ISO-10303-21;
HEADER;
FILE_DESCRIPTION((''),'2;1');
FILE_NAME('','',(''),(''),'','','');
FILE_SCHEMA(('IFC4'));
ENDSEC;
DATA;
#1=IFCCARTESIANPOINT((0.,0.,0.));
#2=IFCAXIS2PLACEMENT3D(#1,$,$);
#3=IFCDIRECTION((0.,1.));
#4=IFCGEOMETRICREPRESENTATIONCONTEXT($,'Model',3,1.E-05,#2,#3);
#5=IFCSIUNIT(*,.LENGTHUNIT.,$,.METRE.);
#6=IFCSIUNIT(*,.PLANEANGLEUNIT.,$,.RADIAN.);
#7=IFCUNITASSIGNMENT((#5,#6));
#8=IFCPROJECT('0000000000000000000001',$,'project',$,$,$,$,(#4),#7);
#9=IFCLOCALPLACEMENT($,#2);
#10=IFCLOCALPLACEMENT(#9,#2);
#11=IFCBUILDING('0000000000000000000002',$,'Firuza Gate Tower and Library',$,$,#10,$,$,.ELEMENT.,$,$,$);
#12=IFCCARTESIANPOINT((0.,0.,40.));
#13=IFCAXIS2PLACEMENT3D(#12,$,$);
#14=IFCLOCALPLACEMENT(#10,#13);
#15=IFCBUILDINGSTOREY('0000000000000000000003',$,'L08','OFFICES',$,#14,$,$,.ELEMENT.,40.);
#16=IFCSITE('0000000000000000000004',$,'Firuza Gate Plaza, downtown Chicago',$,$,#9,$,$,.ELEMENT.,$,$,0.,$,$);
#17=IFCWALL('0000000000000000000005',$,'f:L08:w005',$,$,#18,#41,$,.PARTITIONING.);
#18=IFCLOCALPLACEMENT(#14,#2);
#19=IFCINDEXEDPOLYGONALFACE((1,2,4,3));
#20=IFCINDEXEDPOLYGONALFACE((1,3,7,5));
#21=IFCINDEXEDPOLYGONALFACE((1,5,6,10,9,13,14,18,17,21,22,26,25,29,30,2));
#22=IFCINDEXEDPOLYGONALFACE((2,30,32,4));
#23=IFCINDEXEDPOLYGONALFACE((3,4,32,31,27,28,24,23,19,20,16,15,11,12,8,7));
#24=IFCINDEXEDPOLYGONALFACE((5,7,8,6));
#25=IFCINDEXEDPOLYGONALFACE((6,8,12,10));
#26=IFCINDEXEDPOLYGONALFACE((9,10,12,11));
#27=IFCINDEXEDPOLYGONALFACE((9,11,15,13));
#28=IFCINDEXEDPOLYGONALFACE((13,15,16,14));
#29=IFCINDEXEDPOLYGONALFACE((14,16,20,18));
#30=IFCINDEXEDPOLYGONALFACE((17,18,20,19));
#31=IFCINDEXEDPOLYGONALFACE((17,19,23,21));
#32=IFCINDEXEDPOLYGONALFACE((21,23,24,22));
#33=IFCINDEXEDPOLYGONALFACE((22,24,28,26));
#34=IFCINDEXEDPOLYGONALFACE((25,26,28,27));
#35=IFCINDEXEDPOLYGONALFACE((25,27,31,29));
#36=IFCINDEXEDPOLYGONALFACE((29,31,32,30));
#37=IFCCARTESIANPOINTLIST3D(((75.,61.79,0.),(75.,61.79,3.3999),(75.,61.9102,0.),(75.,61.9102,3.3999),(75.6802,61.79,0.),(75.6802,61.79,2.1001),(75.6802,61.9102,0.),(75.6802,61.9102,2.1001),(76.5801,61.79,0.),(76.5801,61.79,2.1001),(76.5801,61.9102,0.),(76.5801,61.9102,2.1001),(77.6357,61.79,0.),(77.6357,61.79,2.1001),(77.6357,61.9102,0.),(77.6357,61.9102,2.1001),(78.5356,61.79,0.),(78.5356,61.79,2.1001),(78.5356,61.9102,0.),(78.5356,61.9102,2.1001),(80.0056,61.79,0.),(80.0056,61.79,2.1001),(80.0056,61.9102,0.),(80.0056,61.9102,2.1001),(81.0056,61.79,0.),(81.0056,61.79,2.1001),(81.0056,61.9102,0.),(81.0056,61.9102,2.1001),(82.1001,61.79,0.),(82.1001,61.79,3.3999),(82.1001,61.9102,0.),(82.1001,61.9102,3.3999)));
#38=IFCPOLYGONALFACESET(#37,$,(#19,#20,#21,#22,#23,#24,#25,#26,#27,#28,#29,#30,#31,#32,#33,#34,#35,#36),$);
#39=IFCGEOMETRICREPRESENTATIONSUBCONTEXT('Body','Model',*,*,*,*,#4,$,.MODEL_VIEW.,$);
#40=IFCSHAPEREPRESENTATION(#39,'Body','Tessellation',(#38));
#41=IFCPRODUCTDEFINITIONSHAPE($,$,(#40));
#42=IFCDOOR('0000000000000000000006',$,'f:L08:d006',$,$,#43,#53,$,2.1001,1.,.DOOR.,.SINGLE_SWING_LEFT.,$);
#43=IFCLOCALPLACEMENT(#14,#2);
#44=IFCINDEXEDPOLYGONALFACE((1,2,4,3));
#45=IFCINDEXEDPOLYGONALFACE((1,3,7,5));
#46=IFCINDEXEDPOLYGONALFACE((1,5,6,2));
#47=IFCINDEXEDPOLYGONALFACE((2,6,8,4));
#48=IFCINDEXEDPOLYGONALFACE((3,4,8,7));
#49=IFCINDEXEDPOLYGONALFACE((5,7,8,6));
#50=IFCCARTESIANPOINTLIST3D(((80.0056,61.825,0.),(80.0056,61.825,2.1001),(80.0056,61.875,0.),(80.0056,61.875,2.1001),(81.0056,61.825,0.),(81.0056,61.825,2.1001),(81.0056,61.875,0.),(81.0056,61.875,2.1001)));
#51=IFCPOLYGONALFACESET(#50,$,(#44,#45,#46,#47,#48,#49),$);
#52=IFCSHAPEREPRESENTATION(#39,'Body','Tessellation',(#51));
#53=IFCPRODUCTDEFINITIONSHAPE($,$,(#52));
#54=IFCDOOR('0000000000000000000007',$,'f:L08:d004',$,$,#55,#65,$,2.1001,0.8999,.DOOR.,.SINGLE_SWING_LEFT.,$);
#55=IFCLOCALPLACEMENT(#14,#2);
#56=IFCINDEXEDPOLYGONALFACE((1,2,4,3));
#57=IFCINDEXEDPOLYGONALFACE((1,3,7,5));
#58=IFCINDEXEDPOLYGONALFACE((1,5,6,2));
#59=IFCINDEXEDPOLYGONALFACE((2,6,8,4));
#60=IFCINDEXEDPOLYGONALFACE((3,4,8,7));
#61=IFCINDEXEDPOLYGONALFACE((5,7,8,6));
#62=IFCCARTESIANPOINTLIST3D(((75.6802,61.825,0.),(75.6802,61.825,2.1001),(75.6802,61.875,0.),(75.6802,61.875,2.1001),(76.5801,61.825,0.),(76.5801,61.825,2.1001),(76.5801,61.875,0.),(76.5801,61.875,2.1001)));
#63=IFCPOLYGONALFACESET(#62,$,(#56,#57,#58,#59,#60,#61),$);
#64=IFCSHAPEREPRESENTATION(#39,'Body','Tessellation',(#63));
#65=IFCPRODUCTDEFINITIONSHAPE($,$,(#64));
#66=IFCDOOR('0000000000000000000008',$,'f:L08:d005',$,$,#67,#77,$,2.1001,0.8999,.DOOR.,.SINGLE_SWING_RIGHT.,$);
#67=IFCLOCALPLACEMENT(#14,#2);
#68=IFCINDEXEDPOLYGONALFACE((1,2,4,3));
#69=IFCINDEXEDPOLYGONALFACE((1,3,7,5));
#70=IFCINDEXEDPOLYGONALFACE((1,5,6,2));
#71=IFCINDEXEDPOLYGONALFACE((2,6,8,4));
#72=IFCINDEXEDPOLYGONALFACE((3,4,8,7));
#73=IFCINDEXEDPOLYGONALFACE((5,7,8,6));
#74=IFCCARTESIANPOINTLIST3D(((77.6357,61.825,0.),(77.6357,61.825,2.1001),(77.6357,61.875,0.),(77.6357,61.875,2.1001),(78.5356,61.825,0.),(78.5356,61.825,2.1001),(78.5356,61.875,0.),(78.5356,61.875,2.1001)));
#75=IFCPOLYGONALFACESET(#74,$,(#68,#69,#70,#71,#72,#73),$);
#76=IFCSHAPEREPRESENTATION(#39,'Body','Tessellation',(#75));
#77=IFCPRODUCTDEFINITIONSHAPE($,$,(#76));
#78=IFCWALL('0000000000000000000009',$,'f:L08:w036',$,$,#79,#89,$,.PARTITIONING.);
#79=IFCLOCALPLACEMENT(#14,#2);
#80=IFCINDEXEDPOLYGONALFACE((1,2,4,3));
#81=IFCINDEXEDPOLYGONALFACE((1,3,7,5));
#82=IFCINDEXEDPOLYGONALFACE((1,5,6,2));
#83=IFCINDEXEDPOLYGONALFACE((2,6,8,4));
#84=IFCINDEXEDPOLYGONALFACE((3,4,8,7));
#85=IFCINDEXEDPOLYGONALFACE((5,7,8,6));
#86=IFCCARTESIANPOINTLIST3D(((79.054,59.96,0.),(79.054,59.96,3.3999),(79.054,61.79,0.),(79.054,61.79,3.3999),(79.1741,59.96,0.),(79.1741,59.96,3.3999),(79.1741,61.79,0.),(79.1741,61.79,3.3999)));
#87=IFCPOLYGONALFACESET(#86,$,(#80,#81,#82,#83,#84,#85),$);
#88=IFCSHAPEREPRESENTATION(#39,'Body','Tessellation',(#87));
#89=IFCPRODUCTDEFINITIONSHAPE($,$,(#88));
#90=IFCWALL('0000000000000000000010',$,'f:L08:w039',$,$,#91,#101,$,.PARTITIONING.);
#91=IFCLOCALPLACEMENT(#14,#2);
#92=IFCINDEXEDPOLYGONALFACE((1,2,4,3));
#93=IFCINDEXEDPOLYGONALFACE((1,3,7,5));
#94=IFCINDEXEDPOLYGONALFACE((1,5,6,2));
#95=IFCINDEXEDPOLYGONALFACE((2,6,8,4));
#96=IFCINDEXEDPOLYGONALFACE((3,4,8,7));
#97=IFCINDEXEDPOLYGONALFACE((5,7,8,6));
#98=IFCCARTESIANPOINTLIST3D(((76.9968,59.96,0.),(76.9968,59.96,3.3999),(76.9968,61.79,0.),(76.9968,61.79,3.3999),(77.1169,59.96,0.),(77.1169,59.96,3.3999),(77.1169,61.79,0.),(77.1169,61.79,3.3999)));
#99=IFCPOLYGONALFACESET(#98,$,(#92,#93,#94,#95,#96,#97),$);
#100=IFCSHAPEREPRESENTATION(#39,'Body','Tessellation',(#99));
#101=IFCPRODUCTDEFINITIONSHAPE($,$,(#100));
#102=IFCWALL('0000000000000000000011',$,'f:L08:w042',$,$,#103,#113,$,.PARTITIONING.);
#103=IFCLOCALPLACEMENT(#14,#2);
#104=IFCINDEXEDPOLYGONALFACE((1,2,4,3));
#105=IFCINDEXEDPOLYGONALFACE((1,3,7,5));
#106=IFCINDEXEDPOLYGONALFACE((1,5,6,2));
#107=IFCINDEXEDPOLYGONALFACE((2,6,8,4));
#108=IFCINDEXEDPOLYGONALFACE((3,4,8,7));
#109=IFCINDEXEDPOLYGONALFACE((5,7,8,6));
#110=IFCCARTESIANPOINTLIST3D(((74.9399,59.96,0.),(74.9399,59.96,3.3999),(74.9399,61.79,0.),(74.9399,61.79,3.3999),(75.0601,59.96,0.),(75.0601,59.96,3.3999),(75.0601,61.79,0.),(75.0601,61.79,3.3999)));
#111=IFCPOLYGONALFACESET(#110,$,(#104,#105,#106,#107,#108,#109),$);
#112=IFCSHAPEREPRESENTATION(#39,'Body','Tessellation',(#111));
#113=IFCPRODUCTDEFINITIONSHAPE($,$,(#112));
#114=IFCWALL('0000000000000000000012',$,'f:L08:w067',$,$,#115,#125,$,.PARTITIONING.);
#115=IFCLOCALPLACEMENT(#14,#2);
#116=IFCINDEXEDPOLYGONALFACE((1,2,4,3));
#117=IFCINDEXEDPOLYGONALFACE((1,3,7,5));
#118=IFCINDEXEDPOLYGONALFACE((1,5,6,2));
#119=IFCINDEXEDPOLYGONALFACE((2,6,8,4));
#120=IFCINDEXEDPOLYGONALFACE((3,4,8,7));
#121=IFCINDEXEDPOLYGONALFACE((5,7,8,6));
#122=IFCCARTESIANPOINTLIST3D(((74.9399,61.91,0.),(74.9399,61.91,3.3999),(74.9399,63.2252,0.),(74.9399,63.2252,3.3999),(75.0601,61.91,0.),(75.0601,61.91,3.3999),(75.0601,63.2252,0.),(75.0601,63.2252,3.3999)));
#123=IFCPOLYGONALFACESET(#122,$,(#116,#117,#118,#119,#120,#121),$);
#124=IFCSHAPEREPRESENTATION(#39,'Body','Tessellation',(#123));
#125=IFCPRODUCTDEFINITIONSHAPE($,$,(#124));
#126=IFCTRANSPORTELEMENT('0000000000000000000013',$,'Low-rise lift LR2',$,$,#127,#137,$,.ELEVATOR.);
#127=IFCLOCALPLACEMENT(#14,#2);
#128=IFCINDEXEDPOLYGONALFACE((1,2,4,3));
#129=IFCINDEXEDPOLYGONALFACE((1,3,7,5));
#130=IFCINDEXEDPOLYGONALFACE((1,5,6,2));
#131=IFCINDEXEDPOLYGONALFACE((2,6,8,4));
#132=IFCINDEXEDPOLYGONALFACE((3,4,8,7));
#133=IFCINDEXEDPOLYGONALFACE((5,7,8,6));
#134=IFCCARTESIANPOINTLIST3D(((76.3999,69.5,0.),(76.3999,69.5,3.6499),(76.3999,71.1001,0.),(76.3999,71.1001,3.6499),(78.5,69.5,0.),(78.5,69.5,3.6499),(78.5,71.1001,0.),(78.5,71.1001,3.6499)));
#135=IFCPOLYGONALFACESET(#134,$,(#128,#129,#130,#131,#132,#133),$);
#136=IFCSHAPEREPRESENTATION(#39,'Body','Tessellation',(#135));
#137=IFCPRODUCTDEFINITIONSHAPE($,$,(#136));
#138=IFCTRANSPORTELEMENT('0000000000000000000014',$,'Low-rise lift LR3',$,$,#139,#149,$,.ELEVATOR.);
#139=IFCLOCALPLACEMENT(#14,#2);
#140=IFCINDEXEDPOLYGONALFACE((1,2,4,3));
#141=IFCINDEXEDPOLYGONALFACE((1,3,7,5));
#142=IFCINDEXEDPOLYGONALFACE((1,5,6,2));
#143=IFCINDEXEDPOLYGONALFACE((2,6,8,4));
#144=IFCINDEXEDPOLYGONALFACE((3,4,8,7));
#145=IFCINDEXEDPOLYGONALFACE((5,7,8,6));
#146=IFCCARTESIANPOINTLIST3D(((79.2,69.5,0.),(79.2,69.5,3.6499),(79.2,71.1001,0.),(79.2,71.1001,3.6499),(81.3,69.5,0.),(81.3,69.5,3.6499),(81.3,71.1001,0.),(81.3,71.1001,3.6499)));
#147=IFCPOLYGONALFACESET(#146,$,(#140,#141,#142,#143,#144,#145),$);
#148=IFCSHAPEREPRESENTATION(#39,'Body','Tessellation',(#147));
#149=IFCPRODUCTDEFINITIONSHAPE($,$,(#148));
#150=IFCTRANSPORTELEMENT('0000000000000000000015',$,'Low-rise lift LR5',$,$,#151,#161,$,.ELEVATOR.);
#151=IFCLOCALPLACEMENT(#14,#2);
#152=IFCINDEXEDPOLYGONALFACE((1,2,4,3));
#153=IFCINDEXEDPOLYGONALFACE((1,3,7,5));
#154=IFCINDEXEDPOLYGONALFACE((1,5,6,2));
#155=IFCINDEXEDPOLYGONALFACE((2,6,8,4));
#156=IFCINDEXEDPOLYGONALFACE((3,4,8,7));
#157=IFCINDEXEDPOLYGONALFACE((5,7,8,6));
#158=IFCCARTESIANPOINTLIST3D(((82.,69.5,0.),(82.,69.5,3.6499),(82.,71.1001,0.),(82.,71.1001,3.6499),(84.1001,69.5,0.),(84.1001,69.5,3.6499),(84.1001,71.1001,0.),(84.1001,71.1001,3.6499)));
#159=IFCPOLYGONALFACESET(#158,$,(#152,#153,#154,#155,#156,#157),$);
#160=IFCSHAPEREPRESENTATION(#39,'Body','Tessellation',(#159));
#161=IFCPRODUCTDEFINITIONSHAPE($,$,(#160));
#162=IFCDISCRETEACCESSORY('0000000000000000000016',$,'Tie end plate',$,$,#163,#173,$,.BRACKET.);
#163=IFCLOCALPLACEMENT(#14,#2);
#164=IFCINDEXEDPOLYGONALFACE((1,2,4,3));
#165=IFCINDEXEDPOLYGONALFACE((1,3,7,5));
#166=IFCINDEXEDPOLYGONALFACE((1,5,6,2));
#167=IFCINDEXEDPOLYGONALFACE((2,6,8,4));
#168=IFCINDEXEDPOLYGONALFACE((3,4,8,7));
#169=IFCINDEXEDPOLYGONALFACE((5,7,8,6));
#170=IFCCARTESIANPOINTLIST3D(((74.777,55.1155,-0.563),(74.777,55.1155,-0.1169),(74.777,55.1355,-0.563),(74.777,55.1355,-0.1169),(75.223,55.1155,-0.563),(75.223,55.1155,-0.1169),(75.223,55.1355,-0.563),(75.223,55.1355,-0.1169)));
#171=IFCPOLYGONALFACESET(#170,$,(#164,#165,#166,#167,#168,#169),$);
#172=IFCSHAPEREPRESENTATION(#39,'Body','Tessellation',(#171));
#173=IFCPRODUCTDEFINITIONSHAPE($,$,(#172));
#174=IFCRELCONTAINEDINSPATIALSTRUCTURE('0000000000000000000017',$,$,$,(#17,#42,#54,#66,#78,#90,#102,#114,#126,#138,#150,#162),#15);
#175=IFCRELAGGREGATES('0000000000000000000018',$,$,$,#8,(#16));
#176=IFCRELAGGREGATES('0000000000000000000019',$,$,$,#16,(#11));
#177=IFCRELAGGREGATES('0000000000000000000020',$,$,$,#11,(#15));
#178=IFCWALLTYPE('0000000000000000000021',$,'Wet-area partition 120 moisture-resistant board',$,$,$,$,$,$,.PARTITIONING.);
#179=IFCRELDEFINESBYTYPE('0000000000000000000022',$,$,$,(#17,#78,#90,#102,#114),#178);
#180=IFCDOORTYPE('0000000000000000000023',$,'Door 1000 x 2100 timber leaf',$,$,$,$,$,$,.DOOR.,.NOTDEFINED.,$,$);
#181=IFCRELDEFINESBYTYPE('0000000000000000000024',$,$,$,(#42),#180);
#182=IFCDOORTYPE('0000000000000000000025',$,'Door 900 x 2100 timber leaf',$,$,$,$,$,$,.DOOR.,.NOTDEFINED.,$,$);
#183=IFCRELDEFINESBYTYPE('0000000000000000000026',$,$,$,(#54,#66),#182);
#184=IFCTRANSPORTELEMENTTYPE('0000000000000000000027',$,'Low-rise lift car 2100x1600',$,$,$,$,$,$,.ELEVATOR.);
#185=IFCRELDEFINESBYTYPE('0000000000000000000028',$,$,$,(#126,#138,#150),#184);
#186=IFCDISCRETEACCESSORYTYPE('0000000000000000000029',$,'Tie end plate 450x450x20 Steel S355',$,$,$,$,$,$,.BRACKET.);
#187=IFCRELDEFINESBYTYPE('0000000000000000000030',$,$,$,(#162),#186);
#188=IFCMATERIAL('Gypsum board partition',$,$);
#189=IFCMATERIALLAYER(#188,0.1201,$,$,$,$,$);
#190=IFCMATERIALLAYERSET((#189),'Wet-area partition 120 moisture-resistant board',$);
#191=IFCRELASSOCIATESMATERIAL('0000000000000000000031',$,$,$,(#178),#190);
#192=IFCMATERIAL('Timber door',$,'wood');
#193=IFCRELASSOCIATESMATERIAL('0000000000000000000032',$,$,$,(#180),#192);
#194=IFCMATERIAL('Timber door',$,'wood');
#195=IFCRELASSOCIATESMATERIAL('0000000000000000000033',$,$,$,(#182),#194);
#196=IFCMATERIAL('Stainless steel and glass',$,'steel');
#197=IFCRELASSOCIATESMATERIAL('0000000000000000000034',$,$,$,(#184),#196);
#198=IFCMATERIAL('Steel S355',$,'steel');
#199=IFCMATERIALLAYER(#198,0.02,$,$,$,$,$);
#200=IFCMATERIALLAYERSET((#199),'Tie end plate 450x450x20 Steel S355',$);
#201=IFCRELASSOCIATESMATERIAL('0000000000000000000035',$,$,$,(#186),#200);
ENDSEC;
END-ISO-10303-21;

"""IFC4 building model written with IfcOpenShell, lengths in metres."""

from ifc_helpers import new_model, si_unit, direction, frame, frame_2d, origin, origin_2d, place, context, subcontext, project, spatial, rectangle, extrude, material, layer, layer_set, type_object, element, fill, save


model = new_model("IFC4")

# Units and contexts
model_context = context("Model", 3, precision=1e-05, world=origin(), true_north=direction((0.0, 1.0)))
body_context = subcontext(model_context, "Body", "Model", "MODEL_VIEW")
ifc_project = project(units=[si_unit("LENGTHUNIT", "METRE"), si_unit("PLANEANGLEUNIT", "RADIAN")], contexts=[model_context])

# Site, building, storey
site_placement = place(None, origin())
site = spatial("IfcSite", under=ifc_project, at=site_placement, Name="Firuza Gate Plaza, downtown Chicago", CompositionType="ELEMENT", RefElevation=0.0)
building_placement = place(site_placement, origin())
building = spatial("IfcBuilding", under=site, at=building_placement, Name="Firuza Gate Tower and Library", CompositionType="ELEMENT")
storey_placement = place(building_placement, frame((0.0, 0.0, 40.0)))
storey = spatial("IfcBuildingStorey", under=building, at=storey_placement, Name="L08", Description="OFFICES", CompositionType="ELEMENT", Elevation=40.0)

# Shared definitions
ifc_material_1 = material(Name="Gypsum board partition")
ifc_layer_1 = layer(ifc_material_1, 0.1201)
ifc_layer_set_1 = layer_set([ifc_layer_1], Name="Wet-area partition 120 moisture-resistant board")
wall_type_1 = type_object("IfcWallType", Name="Wet-area partition 120 moisture-resistant board", PredefinedType="PARTITIONING", material=ifc_layer_set_1)

# Wall, openings, doors
wall_1_placement = place(storey_placement, frame((75.0, 61.8501, 0.0), z_axis=(0.0, 0.0, 1.0), x_axis=(1.0, 0.0, 0.0)))
wall_1 = element("IfcWall", 1, at=wall_1_placement, inside=storey, type_object=wall_type_1, Name="f:L08:w005", PredefinedType="PARTITIONING", context=body_context, shape_type="SweptSolid", body=[
    extrude(rectangle(XDim=7.1001, YDim=0.1201, at=frame_2d((3.55, 0.0))), origin(), (0.0, 0.0, 1.0), 3.3999),
])
opening_1_placement = place(wall_1_placement, frame((0.6802, 0.0, 0.0)))
opening_1 = element("IfcOpeningElement", 2, at=opening_1_placement, cuts=wall_1, PredefinedType="OPENING", context=body_context, shape_type="SweptSolid", body=[
    extrude(rectangle(XDim=0.8999, YDim=2.1001, at=frame_2d((0.45, 1.05))), frame((0.0, 0.0701, 0.0), z_axis=(0.0, -1.0, 0.0), x_axis=(1.0, 0.0, 0.0)), (0.0, 0.0, 1.0), 0.1401),
])
opening_2_placement = place(wall_1_placement, frame((2.6357, 0.0, 0.0)))
opening_2 = element("IfcOpeningElement", 3, at=opening_2_placement, cuts=wall_1, PredefinedType="OPENING", context=body_context, shape_type="SweptSolid", body=[
    extrude(rectangle(XDim=0.8999, YDim=2.1001, at=frame_2d((0.45, 1.05))), frame((0.0, 0.0701, 0.0), z_axis=(0.0, -1.0, 0.0), x_axis=(1.0, 0.0, 0.0)), (0.0, 0.0, 1.0), 0.1401),
])
opening_3_placement = place(wall_1_placement, frame((5.0056, 0.0, 0.0)))
opening_3 = element("IfcOpeningElement", 4, at=opening_3_placement, cuts=wall_1, PredefinedType="OPENING", context=body_context, shape_type="SweptSolid", body=[
    extrude(rectangle(XDim=1.0, YDim=2.1001, at=frame_2d((0.5, 1.05))), frame((0.0, 0.0701, 0.0), z_axis=(0.0, -1.0, 0.0), x_axis=(1.0, 0.0, 0.0)), (0.0, 0.0, 1.0), 0.1401),
])
ifc_material_2 = material(Name="Timber door", Category="wood")
door_type_1 = type_object("IfcDoorType", Name="Door 1000 x 2100 timber leaf", OperationType="NOTDEFINED", PredefinedType="DOOR", material=ifc_material_2)
door_1_placement = place(opening_3_placement, origin())
door_1 = element("IfcDoor", 5, at=door_1_placement, inside=storey, type_object=door_type_1, Name="f:L08:d006", OperationType="SINGLE_SWING_LEFT", OverallHeight=2.1001, OverallWidth=1.0, PredefinedType="DOOR", context=body_context, shape_type="SweptSolid", body=[
    extrude(rectangle(XDim=1.0, YDim=2.1001, at=frame_2d((0.5, 1.05))), frame((0.0, 0.0249, 0.0), z_axis=(0.0, -1.0, 0.0), x_axis=(1.0, 0.0, 0.0)), (0.0, 0.0, 1.0), 0.05),
])
fill(opening_3, door_1)
ifc_material_3 = material(Name="Timber door", Category="wood")
door_type_2 = type_object("IfcDoorType", Name="Door 900 x 2100 timber leaf", OperationType="NOTDEFINED", PredefinedType="DOOR", material=ifc_material_3)
door_2_placement = place(opening_1_placement, origin())
door_2 = element("IfcDoor", 6, at=door_2_placement, inside=storey, type_object=door_type_2, Name="f:L08:d004", OperationType="SINGLE_SWING_LEFT", OverallHeight=2.1001, OverallWidth=0.8999, PredefinedType="DOOR", context=body_context, shape_type="SweptSolid", body=[
    extrude(rectangle(XDim=0.8999, YDim=2.1001, at=frame_2d((0.45, 1.05))), frame((0.0, 0.0249, 0.0), z_axis=(0.0, -1.0, 0.0), x_axis=(1.0, 0.0, 0.0)), (0.0, 0.0, 1.0), 0.05),
])
fill(opening_1, door_2)
door_3_placement = place(opening_2_placement, origin())
door_3 = element("IfcDoor", 7, at=door_3_placement, inside=storey, type_object=door_type_2, Name="f:L08:d005", OperationType="SINGLE_SWING_RIGHT", OverallHeight=2.1001, OverallWidth=0.8999, PredefinedType="DOOR", context=body_context, shape_type="SweptSolid", body=[
    extrude(rectangle(XDim=0.8999, YDim=2.1001, at=frame_2d((0.45, 1.05))), frame((0.0, 0.0249, 0.0), z_axis=(0.0, -1.0, 0.0), x_axis=(1.0, 0.0, 0.0)), (0.0, 0.0, 1.0), 0.05),
])
fill(opening_2, door_3)

# Walls
for number, where, z_axis, x_axis, name in (
    (8, (79.114, 59.96, 0.0), (0.0, 0.0, 1.0), (0.0, 1.0, 0.0), "f:L08:w036"),
    (9, (77.0569, 59.96, 0.0), (0.0, 0.0, 1.0), (0.0, 1.0, 0.0), "f:L08:w039"),
    (10, (75.0, 59.96, 0.0), (0.0, 0.0, 1.0), (0.0, 1.0, 0.0), "f:L08:w042"),
):
    element("IfcWall", number, at=place(storey_placement, frame(where, z_axis=z_axis, x_axis=x_axis)), inside=storey, type_object=wall_type_1, Name=name, PredefinedType="PARTITIONING", context=body_context, shape_type="SweptSolid", body=[
        extrude(rectangle(XDim=1.8301, YDim=0.1201, at=frame_2d((0.915, 0.0))), origin(), (0.0, 0.0, 1.0), 3.3999),
    ])
wall_2_placement = place(storey_placement, frame((75.0, 61.9099, 0.0), z_axis=(0.0, 0.0, 1.0), x_axis=(0.0, 1.0, 0.0)))
element("IfcWall", 11, at=wall_2_placement, inside=storey, type_object=wall_type_1, Name="f:L08:w067", PredefinedType="PARTITIONING", context=body_context, shape_type="SweptSolid", body=[
    extrude(rectangle(XDim=1.3152, YDim=0.1201, at=frame_2d((0.6577, 0.0))), origin(), (0.0, 0.0, 1.0), 3.3999),
])

# Transport elements
ifc_material_4 = material(Name="Stainless steel and glass", Category="steel")
transport_element_type = type_object("IfcTransportElementType", Name="Low-rise lift car 2100x1600", PredefinedType="ELEVATOR", material=ifc_material_4)
for number, where, z_axis, x_axis, name in (
    (12, (77.45, 70.3, 0.0), (0.0, 0.0, 1.0), (1.0, 0.0, 0.0), "Low-rise lift LR2"),
    (13, (80.25, 70.3, 0.0), (0.0, 0.0, 1.0), (1.0, 0.0, 0.0), "Low-rise lift LR3"),
    (14, (83.05, 70.3, 0.0), (0.0, 0.0, 1.0), (1.0, 0.0, 0.0), "Low-rise lift LR5"),
):
    element("IfcTransportElement", number, at=place(storey_placement, frame(where, z_axis=z_axis, x_axis=x_axis)), inside=storey, type_object=transport_element_type, Name=name, PredefinedType="ELEVATOR", context=body_context, shape_type="SweptSolid", body=[
        extrude(rectangle(XDim=2.1001, YDim=1.6001, at=origin_2d()), origin(), (0.0, 0.0, 1.0), 3.6499),
    ])

# Discrete accessory
ifc_material_5 = material(Name="Steel S355", Category="steel")
ifc_layer_2 = layer(ifc_material_5, 0.02)
ifc_layer_set_2 = layer_set([ifc_layer_2], Name="Tie end plate 450x450x20 Steel S355")
discrete_accessory_type = type_object("IfcDiscreteAccessoryType", Name="Tie end plate 450x450x20 Steel S355", PredefinedType="BRACKET", material=ifc_layer_set_2)
discrete_accessory_placement = place(storey_placement, frame((75.0, 55.1255, -0.563), z_axis=(0.0, 0.0, 1.0), x_axis=(0.0, 1.0, 0.0)))
element("IfcDiscreteAccessory", 15, at=discrete_accessory_placement, inside=storey, type_object=discrete_accessory_type, Name="Tie end plate", PredefinedType="BRACKET", context=body_context, shape_type="SweptSolid", body=[
    extrude(rectangle(XDim=0.02, YDim=0.446, at=origin_2d()), origin(), (0.0, 0.0, 1.0), 0.446),
])

save(model, "model.ifc")
